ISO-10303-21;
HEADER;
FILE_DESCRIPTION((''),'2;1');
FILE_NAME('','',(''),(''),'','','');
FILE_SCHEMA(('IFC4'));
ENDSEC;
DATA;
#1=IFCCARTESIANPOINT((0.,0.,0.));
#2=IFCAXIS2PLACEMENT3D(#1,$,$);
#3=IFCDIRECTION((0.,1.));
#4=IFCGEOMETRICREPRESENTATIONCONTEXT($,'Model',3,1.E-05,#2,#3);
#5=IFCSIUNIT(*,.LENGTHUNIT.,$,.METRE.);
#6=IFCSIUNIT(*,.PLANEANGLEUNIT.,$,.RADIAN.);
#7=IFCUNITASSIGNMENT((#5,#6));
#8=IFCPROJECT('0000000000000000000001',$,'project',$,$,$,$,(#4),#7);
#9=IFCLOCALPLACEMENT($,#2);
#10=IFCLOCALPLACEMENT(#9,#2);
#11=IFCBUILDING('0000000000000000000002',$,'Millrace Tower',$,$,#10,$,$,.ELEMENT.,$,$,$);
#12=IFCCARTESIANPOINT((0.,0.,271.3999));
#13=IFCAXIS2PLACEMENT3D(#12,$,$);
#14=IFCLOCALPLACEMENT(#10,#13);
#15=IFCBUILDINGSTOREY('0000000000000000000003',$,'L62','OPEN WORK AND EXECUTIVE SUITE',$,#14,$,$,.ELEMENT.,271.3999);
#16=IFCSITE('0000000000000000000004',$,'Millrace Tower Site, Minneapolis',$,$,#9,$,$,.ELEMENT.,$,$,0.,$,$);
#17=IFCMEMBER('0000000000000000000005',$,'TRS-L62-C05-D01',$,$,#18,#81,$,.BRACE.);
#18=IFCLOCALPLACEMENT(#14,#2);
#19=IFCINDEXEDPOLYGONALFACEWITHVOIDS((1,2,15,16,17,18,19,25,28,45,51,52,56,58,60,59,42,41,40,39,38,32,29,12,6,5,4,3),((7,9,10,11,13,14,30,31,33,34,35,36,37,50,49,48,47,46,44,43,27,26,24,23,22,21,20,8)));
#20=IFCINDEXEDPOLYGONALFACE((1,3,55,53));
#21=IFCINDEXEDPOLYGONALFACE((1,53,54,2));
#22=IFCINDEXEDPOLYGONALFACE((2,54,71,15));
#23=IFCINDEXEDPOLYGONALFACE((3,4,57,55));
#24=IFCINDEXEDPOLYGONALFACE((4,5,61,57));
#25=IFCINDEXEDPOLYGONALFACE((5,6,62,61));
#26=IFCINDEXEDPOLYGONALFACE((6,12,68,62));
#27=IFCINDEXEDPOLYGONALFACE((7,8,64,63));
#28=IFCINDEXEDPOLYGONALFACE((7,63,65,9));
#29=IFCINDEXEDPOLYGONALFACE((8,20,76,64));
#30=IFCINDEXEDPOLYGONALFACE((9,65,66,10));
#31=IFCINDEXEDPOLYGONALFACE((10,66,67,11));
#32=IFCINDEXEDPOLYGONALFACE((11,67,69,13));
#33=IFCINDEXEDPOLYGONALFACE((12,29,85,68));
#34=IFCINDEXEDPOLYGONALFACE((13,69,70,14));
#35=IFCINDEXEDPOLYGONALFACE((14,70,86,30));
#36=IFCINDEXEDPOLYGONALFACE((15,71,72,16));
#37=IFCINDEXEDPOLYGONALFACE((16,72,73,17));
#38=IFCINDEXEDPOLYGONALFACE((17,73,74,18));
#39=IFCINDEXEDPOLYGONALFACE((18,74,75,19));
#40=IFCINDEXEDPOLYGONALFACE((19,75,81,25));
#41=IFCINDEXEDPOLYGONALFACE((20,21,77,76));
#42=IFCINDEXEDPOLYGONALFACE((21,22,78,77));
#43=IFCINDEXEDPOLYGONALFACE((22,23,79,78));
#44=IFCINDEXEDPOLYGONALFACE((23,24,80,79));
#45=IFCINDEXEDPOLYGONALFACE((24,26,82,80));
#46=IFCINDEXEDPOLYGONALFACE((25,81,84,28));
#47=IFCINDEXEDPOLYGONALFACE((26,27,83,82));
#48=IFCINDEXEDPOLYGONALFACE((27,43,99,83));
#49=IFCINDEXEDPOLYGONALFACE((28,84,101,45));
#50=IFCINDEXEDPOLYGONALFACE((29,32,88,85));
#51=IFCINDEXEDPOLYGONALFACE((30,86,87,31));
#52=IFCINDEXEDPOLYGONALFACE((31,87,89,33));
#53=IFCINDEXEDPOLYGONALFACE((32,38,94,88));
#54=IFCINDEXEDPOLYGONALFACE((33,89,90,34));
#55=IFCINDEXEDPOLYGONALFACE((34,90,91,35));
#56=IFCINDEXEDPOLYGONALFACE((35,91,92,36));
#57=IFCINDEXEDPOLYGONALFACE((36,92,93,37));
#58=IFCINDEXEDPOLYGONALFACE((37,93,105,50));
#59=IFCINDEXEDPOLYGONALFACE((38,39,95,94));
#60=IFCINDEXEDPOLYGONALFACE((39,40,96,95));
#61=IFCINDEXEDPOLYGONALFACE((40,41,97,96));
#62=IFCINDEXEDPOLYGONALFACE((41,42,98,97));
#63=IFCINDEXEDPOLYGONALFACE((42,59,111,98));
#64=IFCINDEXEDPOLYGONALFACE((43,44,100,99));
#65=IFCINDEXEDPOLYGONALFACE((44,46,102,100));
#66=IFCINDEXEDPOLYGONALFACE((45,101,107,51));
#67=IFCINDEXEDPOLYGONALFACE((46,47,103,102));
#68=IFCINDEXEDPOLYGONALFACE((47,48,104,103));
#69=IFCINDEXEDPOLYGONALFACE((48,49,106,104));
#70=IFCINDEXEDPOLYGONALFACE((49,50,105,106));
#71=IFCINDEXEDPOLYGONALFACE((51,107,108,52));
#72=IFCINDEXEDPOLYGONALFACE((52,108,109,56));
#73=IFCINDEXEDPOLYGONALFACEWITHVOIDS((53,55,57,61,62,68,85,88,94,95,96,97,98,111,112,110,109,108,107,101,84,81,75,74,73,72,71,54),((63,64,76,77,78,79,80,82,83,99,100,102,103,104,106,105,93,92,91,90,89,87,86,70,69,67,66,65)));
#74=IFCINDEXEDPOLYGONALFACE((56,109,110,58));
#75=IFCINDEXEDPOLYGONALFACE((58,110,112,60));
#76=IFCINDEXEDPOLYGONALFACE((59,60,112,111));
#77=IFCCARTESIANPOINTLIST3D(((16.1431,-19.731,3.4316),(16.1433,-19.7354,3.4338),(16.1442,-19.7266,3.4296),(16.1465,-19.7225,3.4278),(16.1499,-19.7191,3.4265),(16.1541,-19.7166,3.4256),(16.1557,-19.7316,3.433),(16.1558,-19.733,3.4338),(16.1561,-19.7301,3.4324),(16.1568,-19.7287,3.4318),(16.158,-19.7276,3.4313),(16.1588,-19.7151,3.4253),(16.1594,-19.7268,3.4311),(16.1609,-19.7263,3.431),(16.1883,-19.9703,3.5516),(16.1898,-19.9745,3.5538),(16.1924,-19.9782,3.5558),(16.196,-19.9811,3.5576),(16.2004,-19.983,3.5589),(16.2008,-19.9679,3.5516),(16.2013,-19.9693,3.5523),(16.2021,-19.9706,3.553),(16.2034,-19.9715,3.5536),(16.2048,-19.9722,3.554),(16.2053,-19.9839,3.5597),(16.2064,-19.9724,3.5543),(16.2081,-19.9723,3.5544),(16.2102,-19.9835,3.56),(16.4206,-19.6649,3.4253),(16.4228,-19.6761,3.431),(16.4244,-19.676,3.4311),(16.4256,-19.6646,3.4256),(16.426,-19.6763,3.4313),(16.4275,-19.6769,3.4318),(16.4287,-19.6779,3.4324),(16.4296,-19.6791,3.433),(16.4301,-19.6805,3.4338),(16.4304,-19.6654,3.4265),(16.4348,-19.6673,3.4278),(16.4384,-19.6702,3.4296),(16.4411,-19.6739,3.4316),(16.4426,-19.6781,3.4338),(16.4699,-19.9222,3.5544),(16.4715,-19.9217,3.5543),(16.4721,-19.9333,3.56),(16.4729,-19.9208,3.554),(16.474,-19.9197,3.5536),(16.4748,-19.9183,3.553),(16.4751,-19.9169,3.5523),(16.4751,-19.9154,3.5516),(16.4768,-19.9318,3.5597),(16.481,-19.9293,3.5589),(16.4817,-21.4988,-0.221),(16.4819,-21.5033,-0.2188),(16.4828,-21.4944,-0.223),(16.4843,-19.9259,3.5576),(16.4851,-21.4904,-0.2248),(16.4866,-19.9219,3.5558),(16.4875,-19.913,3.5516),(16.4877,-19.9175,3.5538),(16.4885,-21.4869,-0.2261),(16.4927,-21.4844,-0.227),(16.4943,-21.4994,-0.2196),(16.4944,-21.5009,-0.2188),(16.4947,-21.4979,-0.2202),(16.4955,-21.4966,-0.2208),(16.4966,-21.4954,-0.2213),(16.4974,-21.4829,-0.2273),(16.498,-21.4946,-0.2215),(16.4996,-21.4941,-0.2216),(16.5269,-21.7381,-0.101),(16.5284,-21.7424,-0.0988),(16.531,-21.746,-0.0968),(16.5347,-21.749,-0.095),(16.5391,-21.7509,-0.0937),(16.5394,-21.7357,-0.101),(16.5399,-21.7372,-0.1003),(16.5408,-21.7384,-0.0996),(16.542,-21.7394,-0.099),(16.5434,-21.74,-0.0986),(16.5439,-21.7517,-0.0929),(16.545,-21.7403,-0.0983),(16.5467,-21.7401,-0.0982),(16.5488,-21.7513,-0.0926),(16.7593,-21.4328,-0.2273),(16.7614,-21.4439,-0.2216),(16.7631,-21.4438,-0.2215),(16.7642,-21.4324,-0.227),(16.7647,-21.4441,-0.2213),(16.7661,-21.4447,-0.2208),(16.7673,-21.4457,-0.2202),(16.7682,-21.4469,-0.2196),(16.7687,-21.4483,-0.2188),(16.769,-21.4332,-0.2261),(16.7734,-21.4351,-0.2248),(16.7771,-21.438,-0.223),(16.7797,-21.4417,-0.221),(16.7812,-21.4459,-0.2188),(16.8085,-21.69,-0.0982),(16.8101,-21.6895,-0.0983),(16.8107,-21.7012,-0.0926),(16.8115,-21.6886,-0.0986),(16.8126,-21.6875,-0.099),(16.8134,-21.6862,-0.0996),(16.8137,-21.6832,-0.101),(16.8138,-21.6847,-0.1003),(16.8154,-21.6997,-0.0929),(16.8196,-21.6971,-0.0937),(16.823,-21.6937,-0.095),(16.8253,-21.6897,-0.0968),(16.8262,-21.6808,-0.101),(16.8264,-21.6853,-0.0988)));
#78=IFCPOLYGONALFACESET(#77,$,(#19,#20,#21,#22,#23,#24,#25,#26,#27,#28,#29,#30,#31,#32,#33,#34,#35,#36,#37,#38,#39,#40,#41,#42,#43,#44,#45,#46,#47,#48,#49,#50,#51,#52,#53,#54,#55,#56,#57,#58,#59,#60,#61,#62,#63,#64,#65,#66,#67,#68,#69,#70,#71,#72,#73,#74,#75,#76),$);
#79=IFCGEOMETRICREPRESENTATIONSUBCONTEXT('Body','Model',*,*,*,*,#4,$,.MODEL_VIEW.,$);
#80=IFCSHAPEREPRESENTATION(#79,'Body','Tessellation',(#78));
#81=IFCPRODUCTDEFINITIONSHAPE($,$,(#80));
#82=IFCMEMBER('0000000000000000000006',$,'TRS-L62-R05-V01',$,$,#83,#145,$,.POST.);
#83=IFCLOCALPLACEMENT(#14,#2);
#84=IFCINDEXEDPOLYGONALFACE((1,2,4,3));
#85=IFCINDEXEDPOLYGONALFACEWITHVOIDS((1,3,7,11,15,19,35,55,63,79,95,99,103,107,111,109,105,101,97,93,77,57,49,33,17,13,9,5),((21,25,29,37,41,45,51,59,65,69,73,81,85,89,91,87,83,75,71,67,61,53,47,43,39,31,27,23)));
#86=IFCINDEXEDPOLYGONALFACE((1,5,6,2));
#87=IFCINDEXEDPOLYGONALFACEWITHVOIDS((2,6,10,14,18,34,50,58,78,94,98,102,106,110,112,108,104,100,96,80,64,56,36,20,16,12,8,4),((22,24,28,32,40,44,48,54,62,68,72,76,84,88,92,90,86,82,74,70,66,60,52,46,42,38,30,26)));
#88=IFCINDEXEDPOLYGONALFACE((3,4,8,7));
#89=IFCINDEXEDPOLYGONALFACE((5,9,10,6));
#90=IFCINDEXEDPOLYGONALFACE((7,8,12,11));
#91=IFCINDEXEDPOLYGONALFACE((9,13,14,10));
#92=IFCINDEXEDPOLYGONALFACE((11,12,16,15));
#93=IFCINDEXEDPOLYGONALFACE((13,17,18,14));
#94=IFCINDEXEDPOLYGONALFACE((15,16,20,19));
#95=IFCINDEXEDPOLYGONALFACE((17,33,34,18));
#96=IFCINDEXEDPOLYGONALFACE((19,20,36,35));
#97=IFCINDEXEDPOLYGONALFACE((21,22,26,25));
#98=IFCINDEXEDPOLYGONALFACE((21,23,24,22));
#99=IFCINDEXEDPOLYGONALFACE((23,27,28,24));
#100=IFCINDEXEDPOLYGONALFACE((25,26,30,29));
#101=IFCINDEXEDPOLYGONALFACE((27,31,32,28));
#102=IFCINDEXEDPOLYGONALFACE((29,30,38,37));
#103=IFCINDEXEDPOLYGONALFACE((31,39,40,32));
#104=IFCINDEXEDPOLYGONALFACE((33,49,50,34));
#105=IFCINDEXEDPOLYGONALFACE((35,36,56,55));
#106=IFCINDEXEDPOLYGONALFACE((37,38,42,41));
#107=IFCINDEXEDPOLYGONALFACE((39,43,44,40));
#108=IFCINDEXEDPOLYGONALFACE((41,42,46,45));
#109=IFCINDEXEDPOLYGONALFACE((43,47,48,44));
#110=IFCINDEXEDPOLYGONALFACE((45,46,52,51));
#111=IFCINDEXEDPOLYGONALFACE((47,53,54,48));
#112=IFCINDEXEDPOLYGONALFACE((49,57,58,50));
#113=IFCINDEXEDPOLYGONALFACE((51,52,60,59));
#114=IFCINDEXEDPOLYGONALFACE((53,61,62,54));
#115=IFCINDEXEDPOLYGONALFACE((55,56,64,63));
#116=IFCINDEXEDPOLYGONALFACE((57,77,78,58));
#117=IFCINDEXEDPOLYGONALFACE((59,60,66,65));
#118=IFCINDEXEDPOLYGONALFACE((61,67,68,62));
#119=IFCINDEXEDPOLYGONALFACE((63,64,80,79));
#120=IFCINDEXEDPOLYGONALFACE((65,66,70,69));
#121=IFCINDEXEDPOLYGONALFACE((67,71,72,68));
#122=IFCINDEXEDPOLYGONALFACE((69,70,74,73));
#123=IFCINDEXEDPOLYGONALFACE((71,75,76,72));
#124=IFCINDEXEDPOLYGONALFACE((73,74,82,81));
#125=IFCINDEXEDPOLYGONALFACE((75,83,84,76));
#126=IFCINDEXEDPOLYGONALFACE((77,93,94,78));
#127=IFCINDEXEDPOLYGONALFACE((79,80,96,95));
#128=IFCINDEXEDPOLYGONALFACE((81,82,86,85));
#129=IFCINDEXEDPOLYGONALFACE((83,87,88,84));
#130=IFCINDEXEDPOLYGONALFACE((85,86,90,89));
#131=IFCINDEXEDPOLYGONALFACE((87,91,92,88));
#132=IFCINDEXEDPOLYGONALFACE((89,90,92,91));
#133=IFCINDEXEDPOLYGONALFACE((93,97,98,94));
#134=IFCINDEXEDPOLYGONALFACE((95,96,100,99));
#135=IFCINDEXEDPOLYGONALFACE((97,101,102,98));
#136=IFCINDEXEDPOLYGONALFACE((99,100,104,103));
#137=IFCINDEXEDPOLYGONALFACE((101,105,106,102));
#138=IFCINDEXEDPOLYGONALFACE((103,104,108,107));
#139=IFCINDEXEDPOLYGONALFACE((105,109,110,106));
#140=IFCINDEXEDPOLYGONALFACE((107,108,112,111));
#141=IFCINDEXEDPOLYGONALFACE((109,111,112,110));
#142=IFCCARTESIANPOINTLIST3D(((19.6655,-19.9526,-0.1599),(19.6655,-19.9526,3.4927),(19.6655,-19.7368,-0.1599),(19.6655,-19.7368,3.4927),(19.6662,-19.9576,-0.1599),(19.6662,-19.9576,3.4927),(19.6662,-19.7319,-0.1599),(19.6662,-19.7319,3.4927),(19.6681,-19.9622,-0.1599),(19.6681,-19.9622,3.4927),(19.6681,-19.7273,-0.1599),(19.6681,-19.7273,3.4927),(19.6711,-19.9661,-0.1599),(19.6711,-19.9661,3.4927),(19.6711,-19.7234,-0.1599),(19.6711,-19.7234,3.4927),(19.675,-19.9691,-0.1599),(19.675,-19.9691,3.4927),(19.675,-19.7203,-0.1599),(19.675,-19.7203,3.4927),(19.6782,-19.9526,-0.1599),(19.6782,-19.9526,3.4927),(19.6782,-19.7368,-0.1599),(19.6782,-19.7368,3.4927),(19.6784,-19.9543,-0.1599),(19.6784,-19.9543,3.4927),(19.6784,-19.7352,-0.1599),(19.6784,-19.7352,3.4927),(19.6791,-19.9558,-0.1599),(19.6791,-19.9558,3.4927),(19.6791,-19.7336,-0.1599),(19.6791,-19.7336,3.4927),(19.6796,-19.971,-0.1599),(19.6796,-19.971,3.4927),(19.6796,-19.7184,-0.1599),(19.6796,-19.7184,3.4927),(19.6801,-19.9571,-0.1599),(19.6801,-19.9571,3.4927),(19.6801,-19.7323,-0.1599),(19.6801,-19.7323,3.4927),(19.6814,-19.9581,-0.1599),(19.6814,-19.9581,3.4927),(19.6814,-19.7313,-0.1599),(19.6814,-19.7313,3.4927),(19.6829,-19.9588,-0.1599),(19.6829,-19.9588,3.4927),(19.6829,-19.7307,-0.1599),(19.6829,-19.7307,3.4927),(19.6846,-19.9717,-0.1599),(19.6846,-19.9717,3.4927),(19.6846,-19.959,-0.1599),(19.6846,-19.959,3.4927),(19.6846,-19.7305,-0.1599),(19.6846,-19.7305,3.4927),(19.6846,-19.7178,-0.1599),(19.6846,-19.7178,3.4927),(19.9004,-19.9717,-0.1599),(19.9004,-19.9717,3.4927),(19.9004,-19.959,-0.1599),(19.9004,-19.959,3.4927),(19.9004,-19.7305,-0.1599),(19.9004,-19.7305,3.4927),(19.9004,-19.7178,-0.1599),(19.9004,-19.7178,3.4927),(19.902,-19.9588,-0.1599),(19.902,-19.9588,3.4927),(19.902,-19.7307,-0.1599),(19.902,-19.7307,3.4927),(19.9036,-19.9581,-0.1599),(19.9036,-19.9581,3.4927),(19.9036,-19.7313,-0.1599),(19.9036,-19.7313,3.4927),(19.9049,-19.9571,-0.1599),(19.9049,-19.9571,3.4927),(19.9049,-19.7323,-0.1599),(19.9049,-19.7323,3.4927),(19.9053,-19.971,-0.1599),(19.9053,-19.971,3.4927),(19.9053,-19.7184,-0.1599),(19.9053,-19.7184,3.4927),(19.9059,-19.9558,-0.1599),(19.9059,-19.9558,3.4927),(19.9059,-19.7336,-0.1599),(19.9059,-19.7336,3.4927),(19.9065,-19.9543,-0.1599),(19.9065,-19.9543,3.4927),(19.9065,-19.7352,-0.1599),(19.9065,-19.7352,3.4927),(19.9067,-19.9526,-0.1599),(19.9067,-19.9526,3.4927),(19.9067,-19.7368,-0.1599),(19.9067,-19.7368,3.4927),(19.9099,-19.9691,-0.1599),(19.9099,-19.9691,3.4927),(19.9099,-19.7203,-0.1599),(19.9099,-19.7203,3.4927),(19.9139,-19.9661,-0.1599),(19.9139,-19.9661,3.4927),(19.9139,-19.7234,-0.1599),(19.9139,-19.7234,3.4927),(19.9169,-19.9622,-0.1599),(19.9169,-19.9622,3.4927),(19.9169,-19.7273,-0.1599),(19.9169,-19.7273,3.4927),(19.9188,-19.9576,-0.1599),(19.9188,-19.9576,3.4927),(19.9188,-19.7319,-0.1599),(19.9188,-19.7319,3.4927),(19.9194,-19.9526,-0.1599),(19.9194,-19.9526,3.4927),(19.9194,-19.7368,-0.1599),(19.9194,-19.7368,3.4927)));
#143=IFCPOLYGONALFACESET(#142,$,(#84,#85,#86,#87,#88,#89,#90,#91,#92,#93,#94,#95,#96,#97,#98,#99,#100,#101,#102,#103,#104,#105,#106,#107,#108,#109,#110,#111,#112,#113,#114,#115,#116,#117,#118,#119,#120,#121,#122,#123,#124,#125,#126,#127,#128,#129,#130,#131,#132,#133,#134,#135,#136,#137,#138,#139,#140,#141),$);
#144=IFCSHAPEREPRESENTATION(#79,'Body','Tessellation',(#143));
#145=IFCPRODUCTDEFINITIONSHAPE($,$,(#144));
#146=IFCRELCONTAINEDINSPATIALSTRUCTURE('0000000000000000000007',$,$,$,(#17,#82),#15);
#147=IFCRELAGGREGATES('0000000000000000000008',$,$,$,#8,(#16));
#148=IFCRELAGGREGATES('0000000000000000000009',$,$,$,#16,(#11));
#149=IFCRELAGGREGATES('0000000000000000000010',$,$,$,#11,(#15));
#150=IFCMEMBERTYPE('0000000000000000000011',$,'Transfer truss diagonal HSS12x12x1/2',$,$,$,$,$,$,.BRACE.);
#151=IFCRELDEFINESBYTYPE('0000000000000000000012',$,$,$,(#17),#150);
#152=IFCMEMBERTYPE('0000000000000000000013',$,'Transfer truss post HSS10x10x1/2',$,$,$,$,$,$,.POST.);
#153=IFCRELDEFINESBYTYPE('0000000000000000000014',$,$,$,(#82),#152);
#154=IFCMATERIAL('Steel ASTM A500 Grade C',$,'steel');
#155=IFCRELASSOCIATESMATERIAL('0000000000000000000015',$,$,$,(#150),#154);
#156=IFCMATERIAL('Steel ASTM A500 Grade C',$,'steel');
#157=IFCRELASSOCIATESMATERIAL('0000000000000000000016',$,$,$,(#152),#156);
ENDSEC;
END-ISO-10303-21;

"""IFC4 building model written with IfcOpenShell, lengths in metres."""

from ifc_helpers import new_model, si_unit, direction, frame, origin, origin_2d, place, context, subcontext, project, spatial, hollow_rectangle, extrude, material, material_profile, profile_set, type_object, element, save


model = new_model("IFC4")

# Units and contexts
model_context = context("Model", 3, precision=1e-05, world=origin(), true_north=direction((0.0, 1.0)))
body_context = subcontext(model_context, "Body", "Model", "MODEL_VIEW")
ifc_project = project(units=[si_unit("LENGTHUNIT", "METRE"), si_unit("PLANEANGLEUNIT", "RADIAN")], contexts=[model_context])

# Site, building, storey
site_placement = place(None, origin())
site = spatial("IfcSite", under=ifc_project, at=site_placement, Name="Millrace Tower Site, Minneapolis", CompositionType="ELEMENT", RefElevation=0.0)
building_placement = place(site_placement, origin())
building = spatial("IfcBuilding", under=site, at=building_placement, Name="Millrace Tower", CompositionType="ELEMENT")
storey_placement = place(building_placement, frame((0.0, 0.0, 271.3999)))
storey = spatial("IfcBuildingStorey", under=building, at=storey_placement, Name="L62", Description="OPEN WORK AND EXECUTIVE SUITE", CompositionType="ELEMENT", Elevation=271.3999)

# Members
ifc_material_1 = material(Name="Steel ASTM A500 Grade C", Category="steel")
ifc_material_profile_1 = material_profile(ifc_material_1, hollow_rectangle(XDim=0.3047, YDim=0.3047, WallThickness=0.0127, InnerFilletRadius=0.0063, OuterFilletRadius=0.019, at=origin_2d()))
ifc_profile_set_1 = profile_set([ifc_material_profile_1], Name="Steel ASTM A500 Grade C")
member_type_1 = type_object("IfcMemberType", Name="Transfer truss diagonal HSS12x12x1/2", PredefinedType="BRACE", material=ifc_profile_set_1)
member_1_placement = place(storey_placement, frame((16.6541, -21.592, -0.1599), z_axis=(-0.083159, 0.43414, 0.896999), x_axis=(-0.982145, -0.188128, 0.0)))
element("IfcMember", 1, at=member_1_placement, inside=storey, type_object=member_type_1, Name="TRS-L62-C05-D01", PredefinedType="BRACE", context=body_context, shape_type="SweptSolid", body=[
    extrude(hollow_rectangle(XDim=0.3047, YDim=0.3047, WallThickness=0.0127, InnerFilletRadius=0.0063, OuterFilletRadius=0.019, at=origin_2d()), origin(), (0.0, 0.0, 1.0), 4.072),
])
ifc_material_2 = material(Name="Steel ASTM A500 Grade C", Category="steel")
ifc_material_profile_2 = material_profile(ifc_material_2, hollow_rectangle(XDim=0.2539, YDim=0.2539, WallThickness=0.0127, InnerFilletRadius=0.0063, OuterFilletRadius=0.019, at=origin_2d()))
ifc_profile_set_2 = profile_set([ifc_material_profile_2], Name="Steel ASTM A500 Grade C")
member_type_2 = type_object("IfcMemberType", Name="Transfer truss post HSS10x10x1/2", PredefinedType="POST", material=ifc_profile_set_2)
for number, where, z_axis, x_axis, name in (
    (2, (19.7925, -19.8447, -0.1599), (0.0, 0.0, 1.0), (1.0, 0.0, 0.0), "TRS-L62-R05-V01"),
):
    element("IfcMember", number, at=place(storey_placement, frame(where, z_axis=z_axis, x_axis=x_axis)), inside=storey, type_object=member_type_2, Name=name, PredefinedType="POST", context=body_context, shape_type="SweptSolid", body=[
        extrude(hollow_rectangle(XDim=0.2539, YDim=0.2539, WallThickness=0.0127, InnerFilletRadius=0.0063, OuterFilletRadius=0.019, at=origin_2d()), origin(), (0.0, 0.0, 1.0), 3.6526),
    ])

save(model, "model.ifc")
